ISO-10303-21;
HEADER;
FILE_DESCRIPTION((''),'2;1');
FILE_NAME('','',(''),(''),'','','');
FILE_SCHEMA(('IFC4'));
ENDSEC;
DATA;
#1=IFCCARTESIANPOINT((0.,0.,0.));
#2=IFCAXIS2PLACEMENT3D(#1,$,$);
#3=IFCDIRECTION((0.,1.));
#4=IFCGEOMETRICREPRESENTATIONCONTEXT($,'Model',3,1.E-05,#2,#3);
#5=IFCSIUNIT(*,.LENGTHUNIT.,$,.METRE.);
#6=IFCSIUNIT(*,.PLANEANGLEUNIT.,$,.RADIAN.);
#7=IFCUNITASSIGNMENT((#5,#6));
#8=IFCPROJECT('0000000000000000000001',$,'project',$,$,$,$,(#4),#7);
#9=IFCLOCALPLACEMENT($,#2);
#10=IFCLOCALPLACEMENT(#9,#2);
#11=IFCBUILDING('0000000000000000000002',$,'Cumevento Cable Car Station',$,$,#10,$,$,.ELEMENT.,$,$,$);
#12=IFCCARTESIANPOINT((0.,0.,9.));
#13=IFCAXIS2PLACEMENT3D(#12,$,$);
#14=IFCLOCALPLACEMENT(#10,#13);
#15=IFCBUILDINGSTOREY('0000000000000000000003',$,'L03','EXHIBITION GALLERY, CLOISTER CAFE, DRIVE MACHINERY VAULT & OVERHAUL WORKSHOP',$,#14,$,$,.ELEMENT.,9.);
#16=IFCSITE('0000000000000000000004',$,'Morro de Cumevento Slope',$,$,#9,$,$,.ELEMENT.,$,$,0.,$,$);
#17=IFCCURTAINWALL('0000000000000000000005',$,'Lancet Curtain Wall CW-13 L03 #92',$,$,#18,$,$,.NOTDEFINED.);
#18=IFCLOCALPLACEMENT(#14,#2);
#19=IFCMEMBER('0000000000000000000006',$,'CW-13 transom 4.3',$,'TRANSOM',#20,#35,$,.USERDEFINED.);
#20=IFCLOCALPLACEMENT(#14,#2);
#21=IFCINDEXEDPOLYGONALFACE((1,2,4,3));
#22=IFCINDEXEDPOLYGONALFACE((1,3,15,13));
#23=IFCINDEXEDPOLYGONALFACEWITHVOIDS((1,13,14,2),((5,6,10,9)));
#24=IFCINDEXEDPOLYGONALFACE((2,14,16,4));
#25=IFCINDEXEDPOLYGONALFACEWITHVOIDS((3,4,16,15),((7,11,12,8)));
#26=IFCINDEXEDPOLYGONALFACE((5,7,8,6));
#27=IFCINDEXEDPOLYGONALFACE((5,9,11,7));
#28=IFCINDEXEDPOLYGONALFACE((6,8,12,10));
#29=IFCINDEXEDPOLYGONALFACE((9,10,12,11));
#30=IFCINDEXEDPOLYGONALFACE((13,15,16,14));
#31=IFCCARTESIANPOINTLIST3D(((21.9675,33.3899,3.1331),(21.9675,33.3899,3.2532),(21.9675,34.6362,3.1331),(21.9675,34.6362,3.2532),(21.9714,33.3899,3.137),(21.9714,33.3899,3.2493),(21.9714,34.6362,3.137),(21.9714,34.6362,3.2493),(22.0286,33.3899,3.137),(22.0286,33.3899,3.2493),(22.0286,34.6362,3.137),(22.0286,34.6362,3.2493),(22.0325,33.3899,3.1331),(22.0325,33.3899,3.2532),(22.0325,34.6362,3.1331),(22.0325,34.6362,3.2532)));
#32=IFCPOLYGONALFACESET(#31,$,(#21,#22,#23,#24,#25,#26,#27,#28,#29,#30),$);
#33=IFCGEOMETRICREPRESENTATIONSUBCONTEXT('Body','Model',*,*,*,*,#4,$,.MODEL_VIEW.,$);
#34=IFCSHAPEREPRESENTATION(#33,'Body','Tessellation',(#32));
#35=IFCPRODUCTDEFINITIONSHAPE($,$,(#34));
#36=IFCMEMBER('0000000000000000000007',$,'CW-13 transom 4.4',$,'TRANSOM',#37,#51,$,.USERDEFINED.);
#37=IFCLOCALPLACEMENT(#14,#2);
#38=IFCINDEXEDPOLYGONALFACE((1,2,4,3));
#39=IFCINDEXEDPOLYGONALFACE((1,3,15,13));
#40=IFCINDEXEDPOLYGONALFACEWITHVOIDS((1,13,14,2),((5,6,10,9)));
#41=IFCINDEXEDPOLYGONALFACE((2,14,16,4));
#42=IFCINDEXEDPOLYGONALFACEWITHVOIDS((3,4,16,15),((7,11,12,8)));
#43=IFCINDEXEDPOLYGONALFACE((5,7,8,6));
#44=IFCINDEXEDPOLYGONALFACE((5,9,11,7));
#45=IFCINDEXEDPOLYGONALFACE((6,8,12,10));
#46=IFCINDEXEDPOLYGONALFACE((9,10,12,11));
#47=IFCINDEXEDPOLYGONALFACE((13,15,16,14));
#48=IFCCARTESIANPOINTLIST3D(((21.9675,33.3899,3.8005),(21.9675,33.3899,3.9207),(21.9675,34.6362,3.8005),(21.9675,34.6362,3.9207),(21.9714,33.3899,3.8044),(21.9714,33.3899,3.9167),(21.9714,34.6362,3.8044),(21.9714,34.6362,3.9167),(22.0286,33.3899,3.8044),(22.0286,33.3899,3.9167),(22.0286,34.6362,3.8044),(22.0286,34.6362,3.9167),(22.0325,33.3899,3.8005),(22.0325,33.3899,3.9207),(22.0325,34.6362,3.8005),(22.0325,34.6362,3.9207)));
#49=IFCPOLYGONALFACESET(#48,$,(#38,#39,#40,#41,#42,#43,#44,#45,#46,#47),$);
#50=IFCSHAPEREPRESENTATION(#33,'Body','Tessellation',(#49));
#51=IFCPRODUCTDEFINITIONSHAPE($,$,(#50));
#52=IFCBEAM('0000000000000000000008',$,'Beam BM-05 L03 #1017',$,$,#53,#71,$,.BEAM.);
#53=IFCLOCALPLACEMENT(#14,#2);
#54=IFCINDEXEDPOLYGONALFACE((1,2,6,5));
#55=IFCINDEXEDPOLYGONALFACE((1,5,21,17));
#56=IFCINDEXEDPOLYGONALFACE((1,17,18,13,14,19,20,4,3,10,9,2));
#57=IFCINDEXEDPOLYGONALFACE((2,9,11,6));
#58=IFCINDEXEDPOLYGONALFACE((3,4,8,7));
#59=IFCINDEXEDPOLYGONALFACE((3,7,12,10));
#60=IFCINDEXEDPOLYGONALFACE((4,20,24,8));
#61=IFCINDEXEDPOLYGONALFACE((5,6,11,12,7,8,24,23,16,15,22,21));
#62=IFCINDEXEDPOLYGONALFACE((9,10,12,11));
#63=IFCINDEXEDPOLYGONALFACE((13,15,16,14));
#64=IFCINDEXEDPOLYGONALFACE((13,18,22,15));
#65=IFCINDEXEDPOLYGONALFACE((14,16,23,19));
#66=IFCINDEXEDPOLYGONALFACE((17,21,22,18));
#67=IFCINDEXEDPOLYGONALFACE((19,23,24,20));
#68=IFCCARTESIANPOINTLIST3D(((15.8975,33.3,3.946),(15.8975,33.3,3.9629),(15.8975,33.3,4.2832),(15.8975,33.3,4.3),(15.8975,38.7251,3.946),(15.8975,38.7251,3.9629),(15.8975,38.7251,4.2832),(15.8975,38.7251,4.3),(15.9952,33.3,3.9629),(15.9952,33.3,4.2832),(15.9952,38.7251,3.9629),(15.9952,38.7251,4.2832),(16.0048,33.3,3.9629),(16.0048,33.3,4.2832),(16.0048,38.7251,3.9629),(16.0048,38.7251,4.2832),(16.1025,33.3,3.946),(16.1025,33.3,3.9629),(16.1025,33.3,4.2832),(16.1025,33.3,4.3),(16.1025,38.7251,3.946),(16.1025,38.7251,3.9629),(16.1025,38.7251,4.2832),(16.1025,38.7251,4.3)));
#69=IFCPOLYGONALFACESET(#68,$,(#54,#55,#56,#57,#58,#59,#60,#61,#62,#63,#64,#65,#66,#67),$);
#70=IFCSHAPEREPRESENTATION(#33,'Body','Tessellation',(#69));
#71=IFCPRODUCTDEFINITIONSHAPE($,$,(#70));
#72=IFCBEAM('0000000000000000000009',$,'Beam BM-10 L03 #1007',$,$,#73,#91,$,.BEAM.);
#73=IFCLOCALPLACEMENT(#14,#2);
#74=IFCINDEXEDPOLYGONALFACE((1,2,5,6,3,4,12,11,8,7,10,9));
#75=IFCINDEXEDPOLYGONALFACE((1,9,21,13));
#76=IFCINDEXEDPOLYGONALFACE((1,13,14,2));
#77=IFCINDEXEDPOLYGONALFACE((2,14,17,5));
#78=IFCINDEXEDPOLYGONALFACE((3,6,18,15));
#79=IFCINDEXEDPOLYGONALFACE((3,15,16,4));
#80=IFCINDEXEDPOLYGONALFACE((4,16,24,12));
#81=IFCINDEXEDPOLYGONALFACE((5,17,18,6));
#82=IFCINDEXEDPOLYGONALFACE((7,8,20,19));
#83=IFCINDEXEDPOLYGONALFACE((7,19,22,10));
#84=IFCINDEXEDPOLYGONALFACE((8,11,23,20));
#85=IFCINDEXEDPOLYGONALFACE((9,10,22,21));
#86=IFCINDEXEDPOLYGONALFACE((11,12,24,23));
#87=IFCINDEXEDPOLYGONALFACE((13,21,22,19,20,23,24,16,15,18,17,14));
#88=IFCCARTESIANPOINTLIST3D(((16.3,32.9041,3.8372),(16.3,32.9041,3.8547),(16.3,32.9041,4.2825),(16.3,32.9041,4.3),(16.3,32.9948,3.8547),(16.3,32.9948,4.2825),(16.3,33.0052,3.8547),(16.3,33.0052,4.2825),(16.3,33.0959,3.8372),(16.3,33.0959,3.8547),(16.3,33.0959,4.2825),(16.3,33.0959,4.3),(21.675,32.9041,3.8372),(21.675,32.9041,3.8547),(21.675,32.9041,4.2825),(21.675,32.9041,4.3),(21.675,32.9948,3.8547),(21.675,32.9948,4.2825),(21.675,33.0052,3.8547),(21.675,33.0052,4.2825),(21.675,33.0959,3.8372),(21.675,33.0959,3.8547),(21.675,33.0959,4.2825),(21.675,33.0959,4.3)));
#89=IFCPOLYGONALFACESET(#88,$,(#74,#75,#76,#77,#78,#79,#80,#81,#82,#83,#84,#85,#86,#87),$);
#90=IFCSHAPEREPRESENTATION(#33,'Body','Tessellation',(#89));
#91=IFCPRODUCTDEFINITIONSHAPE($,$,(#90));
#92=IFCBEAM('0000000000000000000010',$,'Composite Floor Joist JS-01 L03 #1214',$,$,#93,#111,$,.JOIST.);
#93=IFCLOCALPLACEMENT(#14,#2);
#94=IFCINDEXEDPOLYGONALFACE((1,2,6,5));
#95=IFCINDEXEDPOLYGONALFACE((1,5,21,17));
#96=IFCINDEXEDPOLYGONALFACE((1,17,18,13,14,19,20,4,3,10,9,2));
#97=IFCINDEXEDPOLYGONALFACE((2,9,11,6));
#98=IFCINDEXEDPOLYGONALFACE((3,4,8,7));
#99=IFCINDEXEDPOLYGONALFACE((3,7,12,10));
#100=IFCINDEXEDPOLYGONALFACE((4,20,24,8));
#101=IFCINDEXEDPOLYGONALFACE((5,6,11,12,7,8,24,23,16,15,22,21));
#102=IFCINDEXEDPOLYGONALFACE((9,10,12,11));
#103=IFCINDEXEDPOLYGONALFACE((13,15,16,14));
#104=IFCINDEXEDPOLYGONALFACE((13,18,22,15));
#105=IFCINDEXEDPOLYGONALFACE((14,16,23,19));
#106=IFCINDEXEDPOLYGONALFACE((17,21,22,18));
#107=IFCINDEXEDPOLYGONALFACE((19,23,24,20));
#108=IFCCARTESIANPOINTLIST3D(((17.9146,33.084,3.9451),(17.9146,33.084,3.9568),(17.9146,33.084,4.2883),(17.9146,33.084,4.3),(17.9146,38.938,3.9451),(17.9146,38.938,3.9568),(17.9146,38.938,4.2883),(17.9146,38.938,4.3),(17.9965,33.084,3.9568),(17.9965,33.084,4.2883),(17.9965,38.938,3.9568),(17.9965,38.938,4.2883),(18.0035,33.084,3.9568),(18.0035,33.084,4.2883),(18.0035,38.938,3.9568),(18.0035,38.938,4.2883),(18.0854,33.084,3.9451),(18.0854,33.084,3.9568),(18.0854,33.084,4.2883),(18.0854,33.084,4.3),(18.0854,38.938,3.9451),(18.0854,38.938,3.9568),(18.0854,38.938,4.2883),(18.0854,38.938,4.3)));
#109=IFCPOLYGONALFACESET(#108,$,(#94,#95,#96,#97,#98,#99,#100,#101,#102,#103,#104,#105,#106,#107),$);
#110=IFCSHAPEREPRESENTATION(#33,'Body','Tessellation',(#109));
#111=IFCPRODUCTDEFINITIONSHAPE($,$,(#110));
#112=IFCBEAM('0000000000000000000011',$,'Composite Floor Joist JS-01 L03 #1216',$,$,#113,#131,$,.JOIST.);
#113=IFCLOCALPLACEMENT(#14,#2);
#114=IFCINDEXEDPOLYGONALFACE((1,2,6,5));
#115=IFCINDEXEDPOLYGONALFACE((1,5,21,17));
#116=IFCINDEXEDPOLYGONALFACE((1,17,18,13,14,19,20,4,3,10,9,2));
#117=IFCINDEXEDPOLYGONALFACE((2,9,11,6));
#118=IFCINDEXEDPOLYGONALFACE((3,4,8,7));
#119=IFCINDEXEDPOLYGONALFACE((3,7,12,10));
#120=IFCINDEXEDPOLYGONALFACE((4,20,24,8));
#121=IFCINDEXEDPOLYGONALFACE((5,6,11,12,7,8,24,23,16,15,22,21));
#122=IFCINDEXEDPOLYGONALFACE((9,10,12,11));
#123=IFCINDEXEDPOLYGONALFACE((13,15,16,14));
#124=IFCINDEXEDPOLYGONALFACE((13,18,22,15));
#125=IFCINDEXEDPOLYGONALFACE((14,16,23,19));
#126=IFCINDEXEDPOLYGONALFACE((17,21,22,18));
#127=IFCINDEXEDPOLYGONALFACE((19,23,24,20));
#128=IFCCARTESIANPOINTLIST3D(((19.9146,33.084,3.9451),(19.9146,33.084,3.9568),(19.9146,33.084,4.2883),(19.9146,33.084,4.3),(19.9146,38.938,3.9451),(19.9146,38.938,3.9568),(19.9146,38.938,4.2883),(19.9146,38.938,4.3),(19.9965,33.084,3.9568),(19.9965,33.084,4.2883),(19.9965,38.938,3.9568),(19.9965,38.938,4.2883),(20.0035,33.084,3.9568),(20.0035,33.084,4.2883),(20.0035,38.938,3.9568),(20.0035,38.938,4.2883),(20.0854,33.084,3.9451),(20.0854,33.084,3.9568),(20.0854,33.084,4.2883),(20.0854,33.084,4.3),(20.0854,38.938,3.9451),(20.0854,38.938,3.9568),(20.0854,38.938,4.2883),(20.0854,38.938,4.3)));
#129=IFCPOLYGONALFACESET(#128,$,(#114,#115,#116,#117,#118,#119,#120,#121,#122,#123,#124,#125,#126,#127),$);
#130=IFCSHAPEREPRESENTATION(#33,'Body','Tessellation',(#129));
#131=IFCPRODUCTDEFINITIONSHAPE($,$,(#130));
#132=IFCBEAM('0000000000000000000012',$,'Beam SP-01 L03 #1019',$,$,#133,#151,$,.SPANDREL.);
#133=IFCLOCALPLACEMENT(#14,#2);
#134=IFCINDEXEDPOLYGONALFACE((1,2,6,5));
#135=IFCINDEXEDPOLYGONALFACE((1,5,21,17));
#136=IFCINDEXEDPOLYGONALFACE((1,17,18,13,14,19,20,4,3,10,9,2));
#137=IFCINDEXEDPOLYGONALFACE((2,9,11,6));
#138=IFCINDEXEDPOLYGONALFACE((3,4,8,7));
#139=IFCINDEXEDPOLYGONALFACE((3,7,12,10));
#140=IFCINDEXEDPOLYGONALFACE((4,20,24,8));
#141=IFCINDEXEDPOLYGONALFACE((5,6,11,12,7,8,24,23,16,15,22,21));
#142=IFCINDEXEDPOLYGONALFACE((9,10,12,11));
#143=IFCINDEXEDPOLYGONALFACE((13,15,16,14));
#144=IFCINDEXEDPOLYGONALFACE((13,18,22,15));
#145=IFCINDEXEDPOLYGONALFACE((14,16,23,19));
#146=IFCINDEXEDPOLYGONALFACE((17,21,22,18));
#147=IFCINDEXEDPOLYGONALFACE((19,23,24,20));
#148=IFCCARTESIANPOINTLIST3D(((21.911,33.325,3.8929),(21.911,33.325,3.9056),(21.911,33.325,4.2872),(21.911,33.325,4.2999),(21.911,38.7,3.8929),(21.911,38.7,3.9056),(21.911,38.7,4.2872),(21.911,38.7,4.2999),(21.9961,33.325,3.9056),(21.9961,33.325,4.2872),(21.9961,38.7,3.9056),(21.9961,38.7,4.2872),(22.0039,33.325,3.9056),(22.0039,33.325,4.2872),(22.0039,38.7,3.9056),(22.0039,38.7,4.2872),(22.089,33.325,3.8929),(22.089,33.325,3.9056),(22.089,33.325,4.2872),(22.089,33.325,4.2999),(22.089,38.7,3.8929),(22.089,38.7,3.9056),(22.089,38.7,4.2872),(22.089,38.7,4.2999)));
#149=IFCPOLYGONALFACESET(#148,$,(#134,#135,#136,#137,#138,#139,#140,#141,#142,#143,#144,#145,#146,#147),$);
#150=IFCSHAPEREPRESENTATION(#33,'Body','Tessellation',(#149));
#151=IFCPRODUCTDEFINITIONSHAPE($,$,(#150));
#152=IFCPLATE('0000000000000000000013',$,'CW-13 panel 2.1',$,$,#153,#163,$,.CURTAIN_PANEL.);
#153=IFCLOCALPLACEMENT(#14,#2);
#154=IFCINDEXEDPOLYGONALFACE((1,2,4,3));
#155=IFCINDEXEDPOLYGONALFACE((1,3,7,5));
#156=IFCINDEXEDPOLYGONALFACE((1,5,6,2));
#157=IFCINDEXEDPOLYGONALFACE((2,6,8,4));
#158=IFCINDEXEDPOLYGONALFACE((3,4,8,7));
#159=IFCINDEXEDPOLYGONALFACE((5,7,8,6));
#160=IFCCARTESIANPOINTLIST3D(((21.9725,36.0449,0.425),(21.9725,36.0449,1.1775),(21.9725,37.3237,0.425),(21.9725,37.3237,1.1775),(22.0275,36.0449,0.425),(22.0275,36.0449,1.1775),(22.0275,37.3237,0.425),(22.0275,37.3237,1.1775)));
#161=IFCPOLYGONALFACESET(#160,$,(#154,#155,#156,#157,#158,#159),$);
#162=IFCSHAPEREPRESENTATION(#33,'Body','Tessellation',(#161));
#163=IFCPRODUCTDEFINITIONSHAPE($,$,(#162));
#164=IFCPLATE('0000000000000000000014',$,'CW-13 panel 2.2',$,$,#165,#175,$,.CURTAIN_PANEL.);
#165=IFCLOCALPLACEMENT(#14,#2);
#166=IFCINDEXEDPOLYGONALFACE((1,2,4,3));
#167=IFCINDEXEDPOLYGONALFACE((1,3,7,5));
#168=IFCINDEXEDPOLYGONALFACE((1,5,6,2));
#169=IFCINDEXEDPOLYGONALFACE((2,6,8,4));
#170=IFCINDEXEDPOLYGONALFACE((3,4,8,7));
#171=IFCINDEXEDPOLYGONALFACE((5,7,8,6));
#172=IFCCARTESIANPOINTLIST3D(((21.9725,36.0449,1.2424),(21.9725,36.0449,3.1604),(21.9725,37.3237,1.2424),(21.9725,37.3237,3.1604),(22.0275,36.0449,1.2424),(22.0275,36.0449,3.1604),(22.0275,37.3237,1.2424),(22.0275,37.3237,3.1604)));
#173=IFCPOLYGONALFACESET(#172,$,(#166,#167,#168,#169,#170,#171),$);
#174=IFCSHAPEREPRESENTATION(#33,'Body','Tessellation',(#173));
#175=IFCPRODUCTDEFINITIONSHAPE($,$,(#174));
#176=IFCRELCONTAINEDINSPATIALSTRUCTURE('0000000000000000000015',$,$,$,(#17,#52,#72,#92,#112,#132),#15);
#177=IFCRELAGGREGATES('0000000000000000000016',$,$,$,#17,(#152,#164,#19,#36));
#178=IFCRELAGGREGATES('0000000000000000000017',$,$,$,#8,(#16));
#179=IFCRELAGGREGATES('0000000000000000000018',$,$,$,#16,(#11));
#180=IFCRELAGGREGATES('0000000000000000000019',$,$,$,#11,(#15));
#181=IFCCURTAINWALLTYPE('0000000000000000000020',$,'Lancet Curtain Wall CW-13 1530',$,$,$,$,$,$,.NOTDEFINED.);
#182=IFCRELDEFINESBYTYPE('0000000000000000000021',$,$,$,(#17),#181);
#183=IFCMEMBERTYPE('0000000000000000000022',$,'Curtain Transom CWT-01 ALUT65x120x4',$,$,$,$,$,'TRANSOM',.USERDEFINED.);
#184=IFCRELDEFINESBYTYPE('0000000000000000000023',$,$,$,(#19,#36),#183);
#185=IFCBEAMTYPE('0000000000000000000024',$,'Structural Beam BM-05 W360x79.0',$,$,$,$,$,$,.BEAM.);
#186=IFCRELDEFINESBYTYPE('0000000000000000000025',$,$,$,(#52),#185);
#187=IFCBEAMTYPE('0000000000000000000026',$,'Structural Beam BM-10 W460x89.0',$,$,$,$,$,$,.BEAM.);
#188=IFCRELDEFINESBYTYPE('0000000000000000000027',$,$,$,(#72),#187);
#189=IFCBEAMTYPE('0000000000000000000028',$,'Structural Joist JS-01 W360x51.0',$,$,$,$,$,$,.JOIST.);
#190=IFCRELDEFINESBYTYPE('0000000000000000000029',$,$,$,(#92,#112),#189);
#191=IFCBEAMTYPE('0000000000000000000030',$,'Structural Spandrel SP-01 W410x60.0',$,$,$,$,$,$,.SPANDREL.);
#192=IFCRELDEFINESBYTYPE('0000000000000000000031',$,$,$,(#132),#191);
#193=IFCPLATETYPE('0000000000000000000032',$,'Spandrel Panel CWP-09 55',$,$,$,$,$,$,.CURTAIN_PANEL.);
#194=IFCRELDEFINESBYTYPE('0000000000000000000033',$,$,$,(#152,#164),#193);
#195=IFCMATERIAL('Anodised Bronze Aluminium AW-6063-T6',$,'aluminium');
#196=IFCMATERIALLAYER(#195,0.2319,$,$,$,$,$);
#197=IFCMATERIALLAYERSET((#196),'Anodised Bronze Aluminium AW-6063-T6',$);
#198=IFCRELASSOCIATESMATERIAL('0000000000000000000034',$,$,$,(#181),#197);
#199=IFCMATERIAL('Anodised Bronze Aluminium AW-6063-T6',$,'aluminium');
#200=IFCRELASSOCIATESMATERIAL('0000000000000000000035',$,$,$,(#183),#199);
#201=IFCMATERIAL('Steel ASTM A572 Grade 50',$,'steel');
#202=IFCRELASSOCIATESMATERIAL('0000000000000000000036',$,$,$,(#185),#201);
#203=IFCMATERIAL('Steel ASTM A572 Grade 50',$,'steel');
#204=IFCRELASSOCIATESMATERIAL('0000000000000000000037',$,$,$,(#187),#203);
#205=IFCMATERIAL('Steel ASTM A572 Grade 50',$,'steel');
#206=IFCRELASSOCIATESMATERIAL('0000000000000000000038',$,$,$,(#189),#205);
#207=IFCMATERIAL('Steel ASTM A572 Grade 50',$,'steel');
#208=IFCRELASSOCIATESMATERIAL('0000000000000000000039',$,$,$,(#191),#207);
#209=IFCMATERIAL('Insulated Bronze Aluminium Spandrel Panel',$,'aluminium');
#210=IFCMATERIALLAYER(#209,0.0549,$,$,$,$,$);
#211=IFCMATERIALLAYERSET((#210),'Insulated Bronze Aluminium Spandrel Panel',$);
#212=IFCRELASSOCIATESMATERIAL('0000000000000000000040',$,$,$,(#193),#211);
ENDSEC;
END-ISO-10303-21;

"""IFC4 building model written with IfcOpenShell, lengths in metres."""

from ifc_helpers import new_model, si_unit, direction, frame, origin, origin_2d, place, context, subcontext, project, spatial, rectangle, hollow_rectangle, i_section, extrude, material, layer, layer_set, material_profile, profile_set, type_object, element, aggregate, save


model = new_model("IFC4")

# Units and contexts
model_context = context("Model", 3, precision=1e-05, world=origin(), true_north=direction((0.0, 1.0)))
body_context = subcontext(model_context, "Body", "Model", "MODEL_VIEW")
ifc_project = project(units=[si_unit("LENGTHUNIT", "METRE"), si_unit("PLANEANGLEUNIT", "RADIAN")], contexts=[model_context])

# Site, building, storey
site_placement = place(None, origin())
site = spatial("IfcSite", under=ifc_project, at=site_placement, Name="Morro de Cumevento Slope", CompositionType="ELEMENT", RefElevation=0.0)
building_placement = place(site_placement, origin())
building = spatial("IfcBuilding", under=site, at=building_placement, Name="Cumevento Cable Car Station", CompositionType="ELEMENT")
storey_placement = place(building_placement, frame((0.0, 0.0, 9.0)))
storey = spatial("IfcBuildingStorey", under=building, at=storey_placement, Name="L03", Description="EXHIBITION GALLERY, CLOISTER CAFE, DRIVE MACHINERY VAULT & OVERHAUL WORKSHOP", CompositionType="ELEMENT", Elevation=9.0)

# Curtain wall, members
ifc_material_1 = material(Name="Anodised Bronze Aluminium AW-6063-T6", Category="aluminium")
ifc_layer_1 = layer(ifc_material_1, 0.2319)
ifc_layer_set_1 = layer_set([ifc_layer_1], Name="Anodised Bronze Aluminium AW-6063-T6")
curtain_wall_type = type_object("IfcCurtainWallType", Name="Lancet Curtain Wall CW-13 1530", PredefinedType="NOTDEFINED", material=ifc_layer_set_1)
curtain_wall_placement = place(storey_placement, origin())
curtain_wall = element("IfcCurtainWall", 1, at=curtain_wall_placement, inside=storey, type_object=curtain_wall_type, Name="Lancet Curtain Wall CW-13 L03 #92", PredefinedType="NOTDEFINED")
ifc_material_2 = material(Name="Anodised Bronze Aluminium AW-6063-T6", Category="aluminium")
ifc_material_profile_1 = material_profile(ifc_material_2, hollow_rectangle(XDim=0.0649, YDim=0.1201, WallThickness=0.0039, at=origin_2d()), Name="ALUT65x120x4")
ifc_profile_set_1 = profile_set([ifc_material_profile_1], Name="Anodised Bronze Aluminium AW-6063-T6")
member_type_1 = type_object("IfcMemberType", Name="Curtain Transom CWT-01 ALUT65x120x4", ElementType="TRANSOM", PredefinedType="USERDEFINED", material=ifc_profile_set_1)
member_1_placement = place(storey_placement, frame((22.0, 34.6362, 3.1931), z_axis=(0.0, -1.0, 0.0), x_axis=(1.0, 0.0, 0.0)))
member_1 = element("IfcMember", 2, at=member_1_placement, type_object=member_type_1, Name="CW-13 transom 4.3", ObjectType="TRANSOM", PredefinedType="USERDEFINED", context=body_context, shape_type="SweptSolid", body=[
    extrude(hollow_rectangle(XDim=0.0649, YDim=0.1201, WallThickness=0.0039, at=origin_2d()), origin(), (0.0, 0.0, 1.0), 1.2463),
])
member_2_placement = place(storey_placement, frame((22.0, 34.6362, 3.8606), z_axis=(0.0, -1.0, 0.0), x_axis=(1.0, 0.0, 0.0)))
member_2 = element("IfcMember", 3, at=member_2_placement, type_object=member_type_1, Name="CW-13 transom 4.4", ObjectType="TRANSOM", PredefinedType="USERDEFINED", context=body_context, shape_type="SweptSolid", body=[
    extrude(hollow_rectangle(XDim=0.0649, YDim=0.1201, WallThickness=0.0039, at=origin_2d()), origin(), (0.0, 0.0, 1.0), 1.2463),
])

# Beams
ifc_material_3 = material(Name="Steel ASTM A572 Grade 50", Category="steel")
ifc_material_profile_2 = material_profile(ifc_material_3, i_section(OverallWidth=0.2051, OverallDepth=0.354, WebThickness=0.0095, FlangeThickness=0.0168, at=origin_2d()), Name="W360x79.0")
ifc_profile_set_2 = profile_set([ifc_material_profile_2], Name="Steel ASTM A572 Grade 50")
beam_type_1 = type_object("IfcBeamType", Name="Structural Beam BM-05 W360x79.0", PredefinedType="BEAM", material=ifc_profile_set_2)
beam_1_placement = place(storey_placement, frame((16.0, 33.3, 4.123), z_axis=(0.0, 1.0, 0.0), x_axis=(-1.0, 0.0, 0.0)))
element("IfcBeam", 4, at=beam_1_placement, inside=storey, type_object=beam_type_1, Name="Beam BM-05 L03 #1017", PredefinedType="BEAM", context=body_context, shape_type="SweptSolid", body=[
    extrude(i_section(OverallWidth=0.2051, OverallDepth=0.354, WebThickness=0.0095, FlangeThickness=0.0168, at=origin_2d()), origin(), (0.0, 0.0, 1.0), 5.425),
])
ifc_material_4 = material(Name="Steel ASTM A572 Grade 50", Category="steel")
ifc_material_profile_3 = material_profile(ifc_material_4, i_section(OverallWidth=0.1919, OverallDepth=0.4629, WebThickness=0.0105, FlangeThickness=0.0176, at=origin_2d()), Name="W460x89.0")
ifc_profile_set_3 = profile_set([ifc_material_profile_3], Name="Steel ASTM A572 Grade 50")
beam_type_2 = type_object("IfcBeamType", Name="Structural Beam BM-10 W460x89.0", PredefinedType="BEAM", material=ifc_profile_set_3)
beam_2_placement = place(storey_placement, frame((16.3, 33.0, 4.0686), z_axis=(1.0, 0.0, 0.0), x_axis=(0.0, 1.0, 0.0)))
element("IfcBeam", 5, at=beam_2_placement, inside=storey, type_object=beam_type_2, Name="Beam BM-10 L03 #1007", PredefinedType="BEAM", context=body_context, shape_type="SweptSolid", body=[
    extrude(i_section(OverallWidth=0.1919, OverallDepth=0.4629, WebThickness=0.0105, FlangeThickness=0.0176, at=origin_2d()), origin(), (0.0, 0.0, 1.0), 5.375),
])
ifc_material_5 = material(Name="Steel ASTM A572 Grade 50", Category="steel")
ifc_material_profile_4 = material_profile(ifc_material_5, i_section(OverallWidth=0.1709, OverallDepth=0.355, WebThickness=0.0071, FlangeThickness=0.0117, at=origin_2d()), Name="W360x51.0")
ifc_profile_set_4 = profile_set([ifc_material_profile_4], Name="Steel ASTM A572 Grade 50")
beam_type_3 = type_object("IfcBeamType", Name="Structural Joist JS-01 W360x51.0", PredefinedType="JOIST", material=ifc_profile_set_4)
for number, where, z_axis, x_axis, name in (
    (6, (18.0, 33.084, 4.1226), (0.0, 1.0, 0.0), (-1.0, 0.0, 0.0), "Composite Floor Joist JS-01 L03 #1214"),
    (7, (20.0, 33.084, 4.1226), (0.0, 1.0, 0.0), (-1.0, 0.0, 0.0), "Composite Floor Joist JS-01 L03 #1216"),
):
    element("IfcBeam", number, at=place(storey_placement, frame(where, z_axis=z_axis, x_axis=x_axis)), inside=storey, type_object=beam_type_3, Name=name, PredefinedType="JOIST", context=body_context, shape_type="SweptSolid", body=[
        extrude(i_section(OverallWidth=0.1709, OverallDepth=0.355, WebThickness=0.0071, FlangeThickness=0.0117, at=origin_2d()), origin(), (0.0, 0.0, 1.0), 5.854),
    ])
ifc_material_6 = material(Name="Steel ASTM A572 Grade 50", Category="steel")
ifc_material_profile_5 = material_profile(ifc_material_6, i_section(OverallWidth=0.178, OverallDepth=0.407, WebThickness=0.0078, FlangeThickness=0.0127, at=origin_2d()), Name="W410x60.0")
ifc_profile_set_5 = profile_set([ifc_material_profile_5], Name="Steel ASTM A572 Grade 50")
beam_type_4 = type_object("IfcBeamType", Name="Structural Spandrel SP-01 W410x60.0", PredefinedType="SPANDREL", material=ifc_profile_set_5)
beam_3_placement = place(storey_placement, frame((22.0, 33.325, 4.0964), z_axis=(0.0, 1.0, 0.0), x_axis=(-1.0, 0.0, 0.0)))
element("IfcBeam", 8, at=beam_3_placement, inside=storey, type_object=beam_type_4, Name="Beam SP-01 L03 #1019", PredefinedType="SPANDREL", context=body_context, shape_type="SweptSolid", body=[
    extrude(i_section(OverallWidth=0.178, OverallDepth=0.407, WebThickness=0.0078, FlangeThickness=0.0127, at=origin_2d()), origin(), (0.0, 0.0, 1.0), 5.375),
])

# Plates
ifc_material_7 = material(Name="Insulated Bronze Aluminium Spandrel Panel", Category="aluminium")
ifc_layer_2 = layer(ifc_material_7, 0.0549)
ifc_layer_set_2 = layer_set([ifc_layer_2], Name="Insulated Bronze Aluminium Spandrel Panel")
plate_type = type_object("IfcPlateType", Name="Spandrel Panel CWP-09 55", PredefinedType="CURTAIN_PANEL", material=ifc_layer_set_2)
plate_1_placement = place(storey_placement, frame((22.0, 36.6843, 0.425), z_axis=(0.0, 0.0, 1.0), x_axis=(0.0, -1.0, 0.0)))
plate_1 = element("IfcPlate", 9, at=plate_1_placement, type_object=plate_type, Name="CW-13 panel 2.1", PredefinedType="CURTAIN_PANEL", context=body_context, shape_type="SweptSolid", body=[
    extrude(rectangle(XDim=1.2788, YDim=0.0549, at=origin_2d()), origin(), (0.0, 0.0, 1.0), 0.7524),
])
plate_2_placement = place(storey_placement, frame((22.0, 36.6843, 1.2424), z_axis=(0.0, 0.0, 1.0), x_axis=(0.0, -1.0, 0.0)))
plate_2 = element("IfcPlate", 10, at=plate_2_placement, type_object=plate_type, Name="CW-13 panel 2.2", PredefinedType="CURTAIN_PANEL", context=body_context, shape_type="SweptSolid", body=[
    extrude(rectangle(XDim=1.2788, YDim=0.0549, at=origin_2d()), origin(), (0.0, 0.0, 1.0), 1.918),
])
aggregate(curtain_wall, [plate_1, plate_2, member_1, member_2])

save(model, "model.ifc")
